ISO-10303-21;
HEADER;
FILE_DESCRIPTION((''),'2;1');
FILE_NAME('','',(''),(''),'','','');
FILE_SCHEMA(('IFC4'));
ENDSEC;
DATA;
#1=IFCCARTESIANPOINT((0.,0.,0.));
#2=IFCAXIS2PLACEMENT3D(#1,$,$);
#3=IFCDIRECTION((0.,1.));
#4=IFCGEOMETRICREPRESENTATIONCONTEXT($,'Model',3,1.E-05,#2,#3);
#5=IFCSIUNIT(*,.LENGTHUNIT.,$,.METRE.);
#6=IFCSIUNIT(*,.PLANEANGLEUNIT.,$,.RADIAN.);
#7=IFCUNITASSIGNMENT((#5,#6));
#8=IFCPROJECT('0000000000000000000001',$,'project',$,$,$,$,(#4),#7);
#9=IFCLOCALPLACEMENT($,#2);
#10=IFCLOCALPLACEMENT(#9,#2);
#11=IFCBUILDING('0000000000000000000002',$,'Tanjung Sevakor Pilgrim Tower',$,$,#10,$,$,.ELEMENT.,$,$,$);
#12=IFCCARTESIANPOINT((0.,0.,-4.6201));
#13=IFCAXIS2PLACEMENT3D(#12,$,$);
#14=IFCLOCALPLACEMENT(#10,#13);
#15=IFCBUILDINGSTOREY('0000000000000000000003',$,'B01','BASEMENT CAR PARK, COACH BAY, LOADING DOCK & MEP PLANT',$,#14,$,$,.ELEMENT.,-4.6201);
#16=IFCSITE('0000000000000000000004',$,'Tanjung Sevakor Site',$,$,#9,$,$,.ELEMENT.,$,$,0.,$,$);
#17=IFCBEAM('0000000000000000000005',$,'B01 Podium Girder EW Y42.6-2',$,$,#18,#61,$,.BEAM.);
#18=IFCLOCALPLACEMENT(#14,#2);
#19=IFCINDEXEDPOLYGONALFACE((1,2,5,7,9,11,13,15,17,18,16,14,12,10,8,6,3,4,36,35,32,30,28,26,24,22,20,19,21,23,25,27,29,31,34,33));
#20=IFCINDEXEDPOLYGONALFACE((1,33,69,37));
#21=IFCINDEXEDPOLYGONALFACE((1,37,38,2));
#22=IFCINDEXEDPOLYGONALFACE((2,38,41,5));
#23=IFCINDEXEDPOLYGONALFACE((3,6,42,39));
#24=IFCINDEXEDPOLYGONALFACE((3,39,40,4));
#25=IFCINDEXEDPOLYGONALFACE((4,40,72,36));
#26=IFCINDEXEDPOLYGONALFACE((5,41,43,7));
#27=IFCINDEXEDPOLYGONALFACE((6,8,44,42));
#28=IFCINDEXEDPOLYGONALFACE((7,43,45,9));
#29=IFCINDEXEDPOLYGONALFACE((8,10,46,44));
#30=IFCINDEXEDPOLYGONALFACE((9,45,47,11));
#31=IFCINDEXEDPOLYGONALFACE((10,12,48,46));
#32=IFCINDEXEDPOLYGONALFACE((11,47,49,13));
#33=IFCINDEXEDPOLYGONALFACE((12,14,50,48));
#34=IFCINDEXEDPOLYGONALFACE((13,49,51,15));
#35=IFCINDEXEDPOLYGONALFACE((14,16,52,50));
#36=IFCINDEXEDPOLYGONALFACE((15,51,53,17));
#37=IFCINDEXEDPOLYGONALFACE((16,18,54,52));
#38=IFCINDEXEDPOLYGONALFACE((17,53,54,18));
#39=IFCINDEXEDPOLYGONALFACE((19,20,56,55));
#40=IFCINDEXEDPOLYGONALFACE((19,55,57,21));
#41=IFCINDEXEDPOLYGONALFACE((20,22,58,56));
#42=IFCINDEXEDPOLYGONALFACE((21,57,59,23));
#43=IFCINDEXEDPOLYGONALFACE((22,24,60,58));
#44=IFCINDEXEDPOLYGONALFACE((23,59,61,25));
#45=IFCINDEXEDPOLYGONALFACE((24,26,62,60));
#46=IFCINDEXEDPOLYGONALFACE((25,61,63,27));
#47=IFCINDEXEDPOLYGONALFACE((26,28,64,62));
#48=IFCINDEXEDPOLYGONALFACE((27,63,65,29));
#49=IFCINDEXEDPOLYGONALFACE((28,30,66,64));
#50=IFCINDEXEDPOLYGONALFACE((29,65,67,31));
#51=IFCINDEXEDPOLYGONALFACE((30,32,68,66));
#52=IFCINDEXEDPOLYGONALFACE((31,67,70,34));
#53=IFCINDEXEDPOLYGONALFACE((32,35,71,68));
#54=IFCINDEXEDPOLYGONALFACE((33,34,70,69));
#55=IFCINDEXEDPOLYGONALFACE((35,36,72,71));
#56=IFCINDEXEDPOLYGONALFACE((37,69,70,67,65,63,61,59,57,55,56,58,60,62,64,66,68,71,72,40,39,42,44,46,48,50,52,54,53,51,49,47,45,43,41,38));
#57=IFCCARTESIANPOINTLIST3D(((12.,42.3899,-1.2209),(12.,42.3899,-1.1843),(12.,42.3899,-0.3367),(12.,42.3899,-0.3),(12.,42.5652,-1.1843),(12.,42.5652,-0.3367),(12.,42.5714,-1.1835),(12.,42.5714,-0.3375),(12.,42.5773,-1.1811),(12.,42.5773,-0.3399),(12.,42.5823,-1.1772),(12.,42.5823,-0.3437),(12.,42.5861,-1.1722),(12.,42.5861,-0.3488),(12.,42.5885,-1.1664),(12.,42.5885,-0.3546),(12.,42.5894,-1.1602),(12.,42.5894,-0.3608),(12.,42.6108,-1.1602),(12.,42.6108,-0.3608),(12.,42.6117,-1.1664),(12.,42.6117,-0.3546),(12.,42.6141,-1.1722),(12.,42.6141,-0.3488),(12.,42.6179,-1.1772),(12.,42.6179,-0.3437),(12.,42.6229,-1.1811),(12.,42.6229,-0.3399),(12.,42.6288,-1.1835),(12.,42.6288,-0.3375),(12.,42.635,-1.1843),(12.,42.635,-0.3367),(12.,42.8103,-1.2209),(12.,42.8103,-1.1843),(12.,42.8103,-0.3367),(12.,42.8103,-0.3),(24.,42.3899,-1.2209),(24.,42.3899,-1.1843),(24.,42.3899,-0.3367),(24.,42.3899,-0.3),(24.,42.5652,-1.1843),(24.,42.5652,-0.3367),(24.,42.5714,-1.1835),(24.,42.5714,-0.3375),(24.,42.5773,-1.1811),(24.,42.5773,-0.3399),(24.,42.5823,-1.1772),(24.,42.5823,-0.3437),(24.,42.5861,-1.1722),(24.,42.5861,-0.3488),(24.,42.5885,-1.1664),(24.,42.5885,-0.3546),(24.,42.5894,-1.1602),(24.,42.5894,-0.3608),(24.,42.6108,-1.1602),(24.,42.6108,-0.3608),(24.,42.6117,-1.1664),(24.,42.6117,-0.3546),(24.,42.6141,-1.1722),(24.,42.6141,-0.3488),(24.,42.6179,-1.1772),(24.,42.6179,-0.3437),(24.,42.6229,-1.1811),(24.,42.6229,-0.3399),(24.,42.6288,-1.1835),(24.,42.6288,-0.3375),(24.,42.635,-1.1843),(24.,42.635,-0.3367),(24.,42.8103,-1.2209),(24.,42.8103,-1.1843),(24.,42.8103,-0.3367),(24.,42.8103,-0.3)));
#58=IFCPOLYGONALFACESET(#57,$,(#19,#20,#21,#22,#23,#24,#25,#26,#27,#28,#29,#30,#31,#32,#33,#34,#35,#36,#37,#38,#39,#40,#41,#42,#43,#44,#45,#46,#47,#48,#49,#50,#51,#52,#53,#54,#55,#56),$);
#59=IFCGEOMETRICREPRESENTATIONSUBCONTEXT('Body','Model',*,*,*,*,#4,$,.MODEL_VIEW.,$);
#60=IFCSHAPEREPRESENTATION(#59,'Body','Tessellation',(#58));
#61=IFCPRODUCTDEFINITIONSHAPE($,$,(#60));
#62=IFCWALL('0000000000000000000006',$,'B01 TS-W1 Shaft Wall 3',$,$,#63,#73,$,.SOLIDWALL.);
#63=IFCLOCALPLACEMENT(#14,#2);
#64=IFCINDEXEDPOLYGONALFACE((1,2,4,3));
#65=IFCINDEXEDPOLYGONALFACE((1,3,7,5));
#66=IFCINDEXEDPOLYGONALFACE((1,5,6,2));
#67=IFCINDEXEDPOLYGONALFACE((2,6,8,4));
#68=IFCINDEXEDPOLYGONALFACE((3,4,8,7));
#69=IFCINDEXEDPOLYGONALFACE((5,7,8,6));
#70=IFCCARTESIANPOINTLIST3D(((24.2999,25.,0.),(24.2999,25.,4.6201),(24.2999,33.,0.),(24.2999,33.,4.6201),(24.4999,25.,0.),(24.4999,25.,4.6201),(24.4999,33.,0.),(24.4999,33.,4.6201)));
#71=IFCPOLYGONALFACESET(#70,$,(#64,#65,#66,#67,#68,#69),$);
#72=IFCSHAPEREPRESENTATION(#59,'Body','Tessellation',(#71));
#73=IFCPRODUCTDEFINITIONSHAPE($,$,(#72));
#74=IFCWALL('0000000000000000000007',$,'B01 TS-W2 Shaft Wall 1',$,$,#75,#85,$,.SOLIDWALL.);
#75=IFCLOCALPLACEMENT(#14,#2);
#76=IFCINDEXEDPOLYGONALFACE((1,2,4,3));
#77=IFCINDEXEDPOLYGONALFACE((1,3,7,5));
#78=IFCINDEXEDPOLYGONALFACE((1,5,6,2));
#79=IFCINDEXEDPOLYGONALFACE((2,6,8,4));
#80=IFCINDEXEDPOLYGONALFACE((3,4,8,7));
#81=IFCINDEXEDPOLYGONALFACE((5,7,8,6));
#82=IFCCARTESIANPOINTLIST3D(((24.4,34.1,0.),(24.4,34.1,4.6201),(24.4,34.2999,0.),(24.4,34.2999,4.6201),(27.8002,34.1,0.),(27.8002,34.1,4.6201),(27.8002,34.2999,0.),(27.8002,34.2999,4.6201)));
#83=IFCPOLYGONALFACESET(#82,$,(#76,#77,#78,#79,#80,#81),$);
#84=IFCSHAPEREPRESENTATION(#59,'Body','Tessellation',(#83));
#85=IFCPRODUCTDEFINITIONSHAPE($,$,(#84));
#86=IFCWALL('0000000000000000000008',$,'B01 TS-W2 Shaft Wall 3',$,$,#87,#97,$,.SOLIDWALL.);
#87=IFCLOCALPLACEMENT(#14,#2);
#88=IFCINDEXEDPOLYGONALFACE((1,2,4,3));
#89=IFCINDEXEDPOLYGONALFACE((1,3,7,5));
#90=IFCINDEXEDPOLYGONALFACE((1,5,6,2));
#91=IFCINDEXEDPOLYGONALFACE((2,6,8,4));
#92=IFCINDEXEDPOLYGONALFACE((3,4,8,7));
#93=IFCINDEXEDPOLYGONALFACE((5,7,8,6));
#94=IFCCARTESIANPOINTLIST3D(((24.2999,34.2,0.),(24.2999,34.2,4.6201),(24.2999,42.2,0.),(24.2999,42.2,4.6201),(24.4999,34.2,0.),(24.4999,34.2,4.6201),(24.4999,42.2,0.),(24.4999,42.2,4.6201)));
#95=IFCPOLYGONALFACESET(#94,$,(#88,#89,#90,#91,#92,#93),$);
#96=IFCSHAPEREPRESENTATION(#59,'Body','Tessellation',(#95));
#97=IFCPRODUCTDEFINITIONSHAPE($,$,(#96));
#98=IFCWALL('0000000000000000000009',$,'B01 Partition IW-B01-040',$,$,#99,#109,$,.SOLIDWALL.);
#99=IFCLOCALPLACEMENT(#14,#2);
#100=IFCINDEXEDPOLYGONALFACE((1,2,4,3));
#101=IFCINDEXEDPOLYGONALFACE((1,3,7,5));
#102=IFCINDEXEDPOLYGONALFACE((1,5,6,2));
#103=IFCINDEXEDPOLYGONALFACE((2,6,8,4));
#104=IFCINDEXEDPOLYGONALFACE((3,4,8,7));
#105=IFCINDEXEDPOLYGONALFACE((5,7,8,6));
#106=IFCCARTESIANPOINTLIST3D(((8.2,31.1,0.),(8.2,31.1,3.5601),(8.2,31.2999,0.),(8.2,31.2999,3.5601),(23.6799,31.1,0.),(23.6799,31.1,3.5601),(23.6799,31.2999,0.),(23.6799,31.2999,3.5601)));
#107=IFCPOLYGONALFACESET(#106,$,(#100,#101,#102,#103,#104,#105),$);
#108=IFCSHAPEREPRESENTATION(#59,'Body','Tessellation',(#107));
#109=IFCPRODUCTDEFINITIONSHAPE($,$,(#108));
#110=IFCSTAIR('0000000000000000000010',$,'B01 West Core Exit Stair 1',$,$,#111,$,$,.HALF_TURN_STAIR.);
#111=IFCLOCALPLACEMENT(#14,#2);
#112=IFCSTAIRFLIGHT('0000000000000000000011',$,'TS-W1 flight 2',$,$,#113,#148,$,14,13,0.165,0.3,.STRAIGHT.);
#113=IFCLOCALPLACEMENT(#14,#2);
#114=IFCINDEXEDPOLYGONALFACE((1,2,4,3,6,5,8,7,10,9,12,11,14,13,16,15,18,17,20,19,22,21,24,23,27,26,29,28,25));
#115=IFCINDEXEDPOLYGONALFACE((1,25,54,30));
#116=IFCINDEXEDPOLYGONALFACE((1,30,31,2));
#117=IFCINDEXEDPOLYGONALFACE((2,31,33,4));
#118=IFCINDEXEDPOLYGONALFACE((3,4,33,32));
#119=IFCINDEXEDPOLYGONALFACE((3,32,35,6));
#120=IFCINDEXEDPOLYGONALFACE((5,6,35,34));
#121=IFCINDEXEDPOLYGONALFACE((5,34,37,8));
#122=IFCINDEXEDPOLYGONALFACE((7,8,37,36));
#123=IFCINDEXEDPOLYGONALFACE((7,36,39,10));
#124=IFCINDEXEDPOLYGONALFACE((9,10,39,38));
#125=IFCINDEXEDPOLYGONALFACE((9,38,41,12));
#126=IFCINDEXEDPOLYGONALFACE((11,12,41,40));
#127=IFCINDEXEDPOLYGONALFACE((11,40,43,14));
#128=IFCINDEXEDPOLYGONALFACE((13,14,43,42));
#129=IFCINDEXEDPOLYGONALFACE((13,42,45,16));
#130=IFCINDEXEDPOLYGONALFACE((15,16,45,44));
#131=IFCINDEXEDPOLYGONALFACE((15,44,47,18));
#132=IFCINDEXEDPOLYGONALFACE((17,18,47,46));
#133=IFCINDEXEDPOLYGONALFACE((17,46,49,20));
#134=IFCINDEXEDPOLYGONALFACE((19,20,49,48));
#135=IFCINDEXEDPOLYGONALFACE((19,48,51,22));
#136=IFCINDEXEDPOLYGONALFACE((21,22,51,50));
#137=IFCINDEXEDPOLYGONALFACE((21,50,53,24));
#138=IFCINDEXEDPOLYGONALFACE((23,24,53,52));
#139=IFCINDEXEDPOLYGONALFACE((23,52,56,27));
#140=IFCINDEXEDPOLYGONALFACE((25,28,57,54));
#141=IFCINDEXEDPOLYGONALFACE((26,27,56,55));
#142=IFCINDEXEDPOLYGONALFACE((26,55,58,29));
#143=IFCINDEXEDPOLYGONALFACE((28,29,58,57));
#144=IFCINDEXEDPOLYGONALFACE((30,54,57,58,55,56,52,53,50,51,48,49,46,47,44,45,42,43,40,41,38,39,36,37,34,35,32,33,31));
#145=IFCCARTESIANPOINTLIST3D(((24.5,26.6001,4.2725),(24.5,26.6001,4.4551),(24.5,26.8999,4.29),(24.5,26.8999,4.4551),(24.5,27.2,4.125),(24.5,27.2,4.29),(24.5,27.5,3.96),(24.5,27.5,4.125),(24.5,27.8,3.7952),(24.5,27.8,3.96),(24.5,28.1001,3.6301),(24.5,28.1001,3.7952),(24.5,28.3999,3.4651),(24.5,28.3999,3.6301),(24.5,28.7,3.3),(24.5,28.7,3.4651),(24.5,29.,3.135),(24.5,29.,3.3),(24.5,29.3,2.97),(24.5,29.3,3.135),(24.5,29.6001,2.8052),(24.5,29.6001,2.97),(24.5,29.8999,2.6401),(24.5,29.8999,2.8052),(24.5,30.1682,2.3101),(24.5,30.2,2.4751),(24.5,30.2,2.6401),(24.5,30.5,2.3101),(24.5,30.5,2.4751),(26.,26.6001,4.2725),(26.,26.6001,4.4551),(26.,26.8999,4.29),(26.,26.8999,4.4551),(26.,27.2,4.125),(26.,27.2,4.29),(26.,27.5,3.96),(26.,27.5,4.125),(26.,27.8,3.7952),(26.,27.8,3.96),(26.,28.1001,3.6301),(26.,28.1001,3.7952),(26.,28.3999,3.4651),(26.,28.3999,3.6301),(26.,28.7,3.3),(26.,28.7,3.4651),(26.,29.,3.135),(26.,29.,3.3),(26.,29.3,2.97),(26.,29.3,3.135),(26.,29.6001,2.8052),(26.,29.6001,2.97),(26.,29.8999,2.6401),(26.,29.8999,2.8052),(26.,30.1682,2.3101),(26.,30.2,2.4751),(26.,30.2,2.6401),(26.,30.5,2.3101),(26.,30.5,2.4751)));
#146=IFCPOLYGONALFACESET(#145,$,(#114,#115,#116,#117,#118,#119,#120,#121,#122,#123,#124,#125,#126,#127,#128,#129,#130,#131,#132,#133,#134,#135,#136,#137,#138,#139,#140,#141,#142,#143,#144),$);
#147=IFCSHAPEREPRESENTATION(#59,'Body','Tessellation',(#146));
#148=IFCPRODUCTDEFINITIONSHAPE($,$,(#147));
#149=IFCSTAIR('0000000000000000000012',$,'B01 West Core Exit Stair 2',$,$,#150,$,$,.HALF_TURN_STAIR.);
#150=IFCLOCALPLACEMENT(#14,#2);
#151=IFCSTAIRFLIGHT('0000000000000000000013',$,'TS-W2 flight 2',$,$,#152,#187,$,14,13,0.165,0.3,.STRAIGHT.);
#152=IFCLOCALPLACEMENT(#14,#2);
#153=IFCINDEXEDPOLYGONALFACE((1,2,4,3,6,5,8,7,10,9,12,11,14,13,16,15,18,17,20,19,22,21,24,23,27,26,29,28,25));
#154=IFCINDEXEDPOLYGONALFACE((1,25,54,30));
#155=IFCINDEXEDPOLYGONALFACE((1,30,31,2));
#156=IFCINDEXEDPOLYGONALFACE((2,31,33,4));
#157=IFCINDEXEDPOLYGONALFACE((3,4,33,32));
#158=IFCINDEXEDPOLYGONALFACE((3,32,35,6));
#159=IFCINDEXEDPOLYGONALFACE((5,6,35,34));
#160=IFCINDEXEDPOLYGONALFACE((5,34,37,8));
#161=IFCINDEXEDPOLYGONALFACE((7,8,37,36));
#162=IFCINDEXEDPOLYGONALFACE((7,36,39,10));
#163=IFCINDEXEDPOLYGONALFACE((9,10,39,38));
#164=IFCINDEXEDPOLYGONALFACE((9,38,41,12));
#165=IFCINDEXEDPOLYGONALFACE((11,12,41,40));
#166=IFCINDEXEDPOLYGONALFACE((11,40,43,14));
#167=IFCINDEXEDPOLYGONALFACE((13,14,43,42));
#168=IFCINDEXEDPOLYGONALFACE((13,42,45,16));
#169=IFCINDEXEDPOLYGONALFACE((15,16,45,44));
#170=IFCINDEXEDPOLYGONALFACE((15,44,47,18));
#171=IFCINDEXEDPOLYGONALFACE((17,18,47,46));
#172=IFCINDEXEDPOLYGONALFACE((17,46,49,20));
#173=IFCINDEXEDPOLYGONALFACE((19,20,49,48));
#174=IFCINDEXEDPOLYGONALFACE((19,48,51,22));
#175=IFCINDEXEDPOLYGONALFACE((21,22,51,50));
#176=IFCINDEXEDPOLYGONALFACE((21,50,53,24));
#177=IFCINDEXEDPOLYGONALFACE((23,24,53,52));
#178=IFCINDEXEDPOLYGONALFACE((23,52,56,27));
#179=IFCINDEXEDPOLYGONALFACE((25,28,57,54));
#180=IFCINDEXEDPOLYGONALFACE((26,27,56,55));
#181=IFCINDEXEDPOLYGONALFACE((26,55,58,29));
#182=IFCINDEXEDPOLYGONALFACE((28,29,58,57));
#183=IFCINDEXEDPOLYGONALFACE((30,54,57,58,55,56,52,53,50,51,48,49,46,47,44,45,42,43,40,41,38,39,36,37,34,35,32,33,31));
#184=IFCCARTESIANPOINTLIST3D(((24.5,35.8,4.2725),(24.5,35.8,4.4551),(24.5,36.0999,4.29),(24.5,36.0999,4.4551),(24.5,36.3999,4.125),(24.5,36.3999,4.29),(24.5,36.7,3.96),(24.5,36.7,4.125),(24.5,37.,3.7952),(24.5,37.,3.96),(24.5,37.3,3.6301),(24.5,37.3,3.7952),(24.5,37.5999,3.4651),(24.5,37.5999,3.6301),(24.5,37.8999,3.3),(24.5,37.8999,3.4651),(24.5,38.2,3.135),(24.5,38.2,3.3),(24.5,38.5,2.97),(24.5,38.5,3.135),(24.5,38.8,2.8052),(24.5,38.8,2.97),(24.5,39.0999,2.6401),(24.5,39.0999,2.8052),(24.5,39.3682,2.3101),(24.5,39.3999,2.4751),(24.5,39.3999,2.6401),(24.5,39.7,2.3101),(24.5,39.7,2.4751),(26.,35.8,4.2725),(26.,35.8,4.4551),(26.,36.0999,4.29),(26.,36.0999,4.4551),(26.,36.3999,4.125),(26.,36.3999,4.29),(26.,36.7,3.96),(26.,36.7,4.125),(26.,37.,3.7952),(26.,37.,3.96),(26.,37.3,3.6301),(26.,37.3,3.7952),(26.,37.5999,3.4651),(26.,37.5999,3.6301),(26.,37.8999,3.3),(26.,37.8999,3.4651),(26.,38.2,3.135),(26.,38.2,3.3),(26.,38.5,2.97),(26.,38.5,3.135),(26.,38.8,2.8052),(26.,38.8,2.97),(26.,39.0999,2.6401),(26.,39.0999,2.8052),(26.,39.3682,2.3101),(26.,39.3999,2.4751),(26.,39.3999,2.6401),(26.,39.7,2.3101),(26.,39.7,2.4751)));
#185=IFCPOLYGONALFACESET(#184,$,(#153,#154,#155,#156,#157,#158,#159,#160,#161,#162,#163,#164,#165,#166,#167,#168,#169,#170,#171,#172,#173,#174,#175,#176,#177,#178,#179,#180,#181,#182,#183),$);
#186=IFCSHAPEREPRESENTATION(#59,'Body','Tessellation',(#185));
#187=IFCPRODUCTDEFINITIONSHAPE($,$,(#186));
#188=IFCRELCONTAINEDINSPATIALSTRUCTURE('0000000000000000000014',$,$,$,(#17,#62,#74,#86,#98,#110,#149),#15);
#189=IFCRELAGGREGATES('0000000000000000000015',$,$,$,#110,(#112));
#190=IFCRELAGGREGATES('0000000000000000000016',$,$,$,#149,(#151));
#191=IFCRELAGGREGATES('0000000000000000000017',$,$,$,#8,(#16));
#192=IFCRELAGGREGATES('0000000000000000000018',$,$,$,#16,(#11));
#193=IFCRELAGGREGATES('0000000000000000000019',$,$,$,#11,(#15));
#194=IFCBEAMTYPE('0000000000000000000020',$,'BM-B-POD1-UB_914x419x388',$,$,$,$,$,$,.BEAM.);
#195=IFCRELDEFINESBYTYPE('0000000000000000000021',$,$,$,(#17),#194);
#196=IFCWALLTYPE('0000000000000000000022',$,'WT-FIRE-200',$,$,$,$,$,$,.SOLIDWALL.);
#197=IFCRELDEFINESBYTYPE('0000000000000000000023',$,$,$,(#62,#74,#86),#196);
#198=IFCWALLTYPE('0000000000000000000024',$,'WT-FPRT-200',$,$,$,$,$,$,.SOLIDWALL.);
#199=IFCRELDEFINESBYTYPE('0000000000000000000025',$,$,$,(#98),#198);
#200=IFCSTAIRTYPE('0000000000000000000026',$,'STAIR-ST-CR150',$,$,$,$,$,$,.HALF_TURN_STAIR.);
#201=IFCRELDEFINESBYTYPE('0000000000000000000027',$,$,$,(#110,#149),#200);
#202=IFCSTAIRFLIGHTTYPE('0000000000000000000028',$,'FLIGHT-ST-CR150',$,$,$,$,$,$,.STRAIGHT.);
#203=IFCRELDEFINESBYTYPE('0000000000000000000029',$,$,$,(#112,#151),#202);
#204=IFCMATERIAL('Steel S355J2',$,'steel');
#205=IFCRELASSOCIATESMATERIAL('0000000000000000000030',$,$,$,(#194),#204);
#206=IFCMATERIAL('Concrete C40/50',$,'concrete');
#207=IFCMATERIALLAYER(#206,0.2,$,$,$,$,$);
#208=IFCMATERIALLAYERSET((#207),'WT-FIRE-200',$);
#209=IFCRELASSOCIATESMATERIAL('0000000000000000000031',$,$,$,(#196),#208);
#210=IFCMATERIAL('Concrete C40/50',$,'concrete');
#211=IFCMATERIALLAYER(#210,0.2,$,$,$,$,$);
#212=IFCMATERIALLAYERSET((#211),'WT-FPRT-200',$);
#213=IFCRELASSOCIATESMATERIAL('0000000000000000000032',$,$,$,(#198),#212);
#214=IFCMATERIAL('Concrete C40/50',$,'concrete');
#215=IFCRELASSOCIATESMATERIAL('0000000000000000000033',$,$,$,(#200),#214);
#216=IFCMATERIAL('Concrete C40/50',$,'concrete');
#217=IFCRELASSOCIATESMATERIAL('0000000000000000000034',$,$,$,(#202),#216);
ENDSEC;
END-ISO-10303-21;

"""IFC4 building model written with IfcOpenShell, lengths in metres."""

from ifc_helpers import new_model, si_unit, direction, frame, frame_2d, origin, origin_2d, place, context, subcontext, project, spatial, polyline, rectangle, i_section, outline, extrude, material, layer, layer_set, material_profile, profile_set, type_object, element, aggregate, save


model = new_model("IFC4")

# Units and contexts
model_context = context("Model", 3, precision=1e-05, world=origin(), true_north=direction((0.0, 1.0)))
body_context = subcontext(model_context, "Body", "Model", "MODEL_VIEW")
ifc_project = project(units=[si_unit("LENGTHUNIT", "METRE"), si_unit("PLANEANGLEUNIT", "RADIAN")], contexts=[model_context])

# Site, building, storey
site_placement = place(None, origin())
site = spatial("IfcSite", under=ifc_project, at=site_placement, Name="Tanjung Sevakor Site", CompositionType="ELEMENT", RefElevation=0.0)
building_placement = place(site_placement, origin())
building = spatial("IfcBuilding", under=site, at=building_placement, Name="Tanjung Sevakor Pilgrim Tower", CompositionType="ELEMENT")
storey_placement = place(building_placement, frame((0.0, 0.0, -4.6201)))
storey = spatial("IfcBuildingStorey", under=building, at=storey_placement, Name="B01", Description="BASEMENT CAR PARK, COACH BAY, LOADING DOCK & MEP PLANT", CompositionType="ELEMENT", Elevation=-4.6201)

# Beam
ifc_material_1 = material(Name="Steel S355J2", Category="steel")
ifc_material_profile_1 = material_profile(ifc_material_1, i_section(OverallWidth=0.4204, OverallDepth=0.9209, WebThickness=0.0215, FlangeThickness=0.0366, FilletRadius=0.0242, at=origin_2d()))
ifc_profile_set_1 = profile_set([ifc_material_profile_1], Name="Steel S355J2")
beam_type_1 = type_object("IfcBeamType", Name="BM-B-POD1-UB_914x419x388", PredefinedType="BEAM", material=ifc_profile_set_1)
beam_1_placement = place(storey_placement, frame((12.0, 42.6001, -0.7605), z_axis=(1.0, 0.0, 0.0), x_axis=(0.0, 1.0, 0.0)))
element("IfcBeam", 1, at=beam_1_placement, inside=storey, type_object=beam_type_1, Name="B01 Podium Girder EW Y42.6-2", PredefinedType="BEAM", context=body_context, shape_type="SweptSolid", body=[
    extrude(i_section(OverallWidth=0.4204, OverallDepth=0.9209, WebThickness=0.0215, FlangeThickness=0.0366, FilletRadius=0.0242, at=origin_2d()), origin(), (0.0, 0.0, 1.0), 12.0),
])

# Walls
ifc_material_2 = material(Name="Concrete C40/50", Category="concrete")
ifc_layer_1 = layer(ifc_material_2, 0.2)
ifc_layer_set_1 = layer_set([ifc_layer_1], Name="WT-FIRE-200")
wall_type_1 = type_object("IfcWallType", Name="WT-FIRE-200", PredefinedType="SOLIDWALL", material=ifc_layer_set_1)
wall_1_placement = place(storey_placement, frame((24.3999, 33.0, 0.0), z_axis=(0.0, 0.0, 1.0), x_axis=(0.0, -1.0, 0.0)))
element("IfcWall", 2, at=wall_1_placement, inside=storey, type_object=wall_type_1, Name="B01 TS-W1 Shaft Wall 3", PredefinedType="SOLIDWALL", context=body_context, shape_type="SweptSolid", body=[
    extrude(rectangle(XDim=8.0, YDim=0.2, at=frame_2d((4.0, 0.0))), origin(), (0.0, 0.0, 1.0), 4.6201),
])
wall_2_placement = place(storey_placement, frame((24.3999, 34.2, 0.0), z_axis=(0.0, 0.0, 1.0), x_axis=(1.0, 0.0, 0.0)))
element("IfcWall", 3, at=wall_2_placement, inside=storey, type_object=wall_type_1, Name="B01 TS-W2 Shaft Wall 1", PredefinedType="SOLIDWALL", context=body_context, shape_type="SweptSolid", body=[
    extrude(rectangle(XDim=3.4001, YDim=0.2, at=frame_2d((1.7002, 0.0))), origin(), (0.0, 0.0, 1.0), 4.6201),
])
wall_3_placement = place(storey_placement, frame((24.3999, 42.2, 0.0), z_axis=(0.0, 0.0, 1.0), x_axis=(0.0, -1.0, 0.0)))
element("IfcWall", 4, at=wall_3_placement, inside=storey, type_object=wall_type_1, Name="B01 TS-W2 Shaft Wall 3", PredefinedType="SOLIDWALL", context=body_context, shape_type="SweptSolid", body=[
    extrude(rectangle(XDim=8.0, YDim=0.2, at=frame_2d((4.0, 0.0))), origin(), (0.0, 0.0, 1.0), 4.6201),
])
ifc_material_3 = material(Name="Concrete C40/50", Category="concrete")
ifc_layer_2 = layer(ifc_material_3, 0.2)
ifc_layer_set_2 = layer_set([ifc_layer_2], Name="WT-FPRT-200")
wall_type_2 = type_object("IfcWallType", Name="WT-FPRT-200", PredefinedType="SOLIDWALL", material=ifc_layer_set_2)
wall_4_placement = place(storey_placement, frame((8.2, 31.2, 0.0), z_axis=(0.0, 0.0, 1.0), x_axis=(1.0, 0.0, 0.0)))
element("IfcWall", 5, at=wall_4_placement, inside=storey, type_object=wall_type_2, Name="B01 Partition IW-B01-040", PredefinedType="SOLIDWALL", context=body_context, shape_type="SweptSolid", body=[
    extrude(rectangle(XDim=15.48, YDim=0.2, at=frame_2d((7.74, 0.0))), origin(), (0.0, 0.0, 1.0), 3.5601),
])

# Stairs, stair flights
ifc_material_4 = material(Name="Concrete C40/50", Category="concrete")
stair_type = type_object("IfcStairType", Name="STAIR-ST-CR150", PredefinedType="HALF_TURN_STAIR", material=ifc_material_4)
stair_1_placement = place(storey_placement, origin())
stair_1 = element("IfcStair", 6, at=stair_1_placement, inside=storey, type_object=stair_type, Name="B01 West Core Exit Stair 1", PredefinedType="HALF_TURN_STAIR")
ifc_material_5 = material(Name="Concrete C40/50", Category="concrete")
stair_flight_type = type_object("IfcStairFlightType", Name="FLIGHT-ST-CR150", PredefinedType="STRAIGHT", material=ifc_material_5)
stair_flight_1_placement = place(storey_placement, frame((25.25, 30.5, 2.3101), z_axis=(0.0, 0.0, 1.0), x_axis=(0.0, -1.0, 0.0)))
stair_flight_1 = element("IfcStairFlight", 7, at=stair_flight_1_placement, type_object=stair_flight_type, Name="TS-W1 flight 2", NumberOfRisers=14, NumberOfTreads=13, PredefinedType="STRAIGHT", RiserHeight=0.165, TreadLength=0.3, context=body_context, shape_type="SweptSolid", body=[
    extrude(outline(polyline([(0.0, 0.0), (0.0, 0.165), (0.3, 0.165), (0.3, 0.3301), (0.6001, 0.3301), (0.6001, 0.4951), (0.8999, 0.4951), (0.8999, 0.6599), (1.2, 0.6599), (1.2, 0.825), (1.5, 0.825), (1.5, 0.99), (1.8, 0.99), (1.8, 1.155), (2.1001, 1.155), (2.1001, 1.3201), (2.3999, 1.3201), (2.3999, 1.4851), (2.7, 1.4851), (2.7, 1.6499), (3.0, 1.6499), (3.0, 1.8149), (3.3, 1.8149), (3.3, 1.98), (3.6001, 1.98), (3.6001, 2.145), (3.8999, 2.145), (3.8999, 2.3101), (3.8999, 1.9624), (0.3318, 0.0), (0.0, 0.0)])), frame((0.0, 0.75, 0.0), z_axis=(0.0, -1.0, 0.0), x_axis=(1.0, 0.0, 0.0)), (0.0, 0.0, 1.0), 1.5),
])
aggregate(stair_1, [stair_flight_1])
stair_2_placement = place(storey_placement, origin())
stair_2 = element("IfcStair", 8, at=stair_2_placement, inside=storey, type_object=stair_type, Name="B01 West Core Exit Stair 2", PredefinedType="HALF_TURN_STAIR")
stair_flight_2_placement = place(storey_placement, frame((25.25, 39.7, 2.3101), z_axis=(0.0, 0.0, 1.0), x_axis=(0.0, -1.0, 0.0)))
stair_flight_2 = element("IfcStairFlight", 9, at=stair_flight_2_placement, type_object=stair_flight_type, Name="TS-W2 flight 2", NumberOfRisers=14, NumberOfTreads=13, PredefinedType="STRAIGHT", RiserHeight=0.165, TreadLength=0.3, context=body_context, shape_type="SweptSolid", body=[
    extrude(outline(polyline([(0.0, 0.0), (0.0, 0.165), (0.3, 0.165), (0.3, 0.3301), (0.6001, 0.3301), (0.6001, 0.4951), (0.8999, 0.4951), (0.8999, 0.6599), (1.2, 0.6599), (1.2, 0.825), (1.5, 0.825), (1.5, 0.99), (1.8, 0.99), (1.8, 1.155), (2.1001, 1.155), (2.1001, 1.3201), (2.3999, 1.3201), (2.3999, 1.4851), (2.7, 1.4851), (2.7, 1.6499), (3.0, 1.6499), (3.0, 1.8149), (3.3, 1.8149), (3.3, 1.98), (3.6001, 1.98), (3.6001, 2.145), (3.8999, 2.145), (3.8999, 2.3101), (3.8999, 1.9624), (0.3318, 0.0), (0.0, 0.0)])), frame((0.0, 0.75, 0.0), z_axis=(0.0, -1.0, 0.0), x_axis=(1.0, 0.0, 0.0)), (0.0, 0.0, 1.0), 1.5),
])
aggregate(stair_2, [stair_flight_2])

save(model, "model.ifc")
